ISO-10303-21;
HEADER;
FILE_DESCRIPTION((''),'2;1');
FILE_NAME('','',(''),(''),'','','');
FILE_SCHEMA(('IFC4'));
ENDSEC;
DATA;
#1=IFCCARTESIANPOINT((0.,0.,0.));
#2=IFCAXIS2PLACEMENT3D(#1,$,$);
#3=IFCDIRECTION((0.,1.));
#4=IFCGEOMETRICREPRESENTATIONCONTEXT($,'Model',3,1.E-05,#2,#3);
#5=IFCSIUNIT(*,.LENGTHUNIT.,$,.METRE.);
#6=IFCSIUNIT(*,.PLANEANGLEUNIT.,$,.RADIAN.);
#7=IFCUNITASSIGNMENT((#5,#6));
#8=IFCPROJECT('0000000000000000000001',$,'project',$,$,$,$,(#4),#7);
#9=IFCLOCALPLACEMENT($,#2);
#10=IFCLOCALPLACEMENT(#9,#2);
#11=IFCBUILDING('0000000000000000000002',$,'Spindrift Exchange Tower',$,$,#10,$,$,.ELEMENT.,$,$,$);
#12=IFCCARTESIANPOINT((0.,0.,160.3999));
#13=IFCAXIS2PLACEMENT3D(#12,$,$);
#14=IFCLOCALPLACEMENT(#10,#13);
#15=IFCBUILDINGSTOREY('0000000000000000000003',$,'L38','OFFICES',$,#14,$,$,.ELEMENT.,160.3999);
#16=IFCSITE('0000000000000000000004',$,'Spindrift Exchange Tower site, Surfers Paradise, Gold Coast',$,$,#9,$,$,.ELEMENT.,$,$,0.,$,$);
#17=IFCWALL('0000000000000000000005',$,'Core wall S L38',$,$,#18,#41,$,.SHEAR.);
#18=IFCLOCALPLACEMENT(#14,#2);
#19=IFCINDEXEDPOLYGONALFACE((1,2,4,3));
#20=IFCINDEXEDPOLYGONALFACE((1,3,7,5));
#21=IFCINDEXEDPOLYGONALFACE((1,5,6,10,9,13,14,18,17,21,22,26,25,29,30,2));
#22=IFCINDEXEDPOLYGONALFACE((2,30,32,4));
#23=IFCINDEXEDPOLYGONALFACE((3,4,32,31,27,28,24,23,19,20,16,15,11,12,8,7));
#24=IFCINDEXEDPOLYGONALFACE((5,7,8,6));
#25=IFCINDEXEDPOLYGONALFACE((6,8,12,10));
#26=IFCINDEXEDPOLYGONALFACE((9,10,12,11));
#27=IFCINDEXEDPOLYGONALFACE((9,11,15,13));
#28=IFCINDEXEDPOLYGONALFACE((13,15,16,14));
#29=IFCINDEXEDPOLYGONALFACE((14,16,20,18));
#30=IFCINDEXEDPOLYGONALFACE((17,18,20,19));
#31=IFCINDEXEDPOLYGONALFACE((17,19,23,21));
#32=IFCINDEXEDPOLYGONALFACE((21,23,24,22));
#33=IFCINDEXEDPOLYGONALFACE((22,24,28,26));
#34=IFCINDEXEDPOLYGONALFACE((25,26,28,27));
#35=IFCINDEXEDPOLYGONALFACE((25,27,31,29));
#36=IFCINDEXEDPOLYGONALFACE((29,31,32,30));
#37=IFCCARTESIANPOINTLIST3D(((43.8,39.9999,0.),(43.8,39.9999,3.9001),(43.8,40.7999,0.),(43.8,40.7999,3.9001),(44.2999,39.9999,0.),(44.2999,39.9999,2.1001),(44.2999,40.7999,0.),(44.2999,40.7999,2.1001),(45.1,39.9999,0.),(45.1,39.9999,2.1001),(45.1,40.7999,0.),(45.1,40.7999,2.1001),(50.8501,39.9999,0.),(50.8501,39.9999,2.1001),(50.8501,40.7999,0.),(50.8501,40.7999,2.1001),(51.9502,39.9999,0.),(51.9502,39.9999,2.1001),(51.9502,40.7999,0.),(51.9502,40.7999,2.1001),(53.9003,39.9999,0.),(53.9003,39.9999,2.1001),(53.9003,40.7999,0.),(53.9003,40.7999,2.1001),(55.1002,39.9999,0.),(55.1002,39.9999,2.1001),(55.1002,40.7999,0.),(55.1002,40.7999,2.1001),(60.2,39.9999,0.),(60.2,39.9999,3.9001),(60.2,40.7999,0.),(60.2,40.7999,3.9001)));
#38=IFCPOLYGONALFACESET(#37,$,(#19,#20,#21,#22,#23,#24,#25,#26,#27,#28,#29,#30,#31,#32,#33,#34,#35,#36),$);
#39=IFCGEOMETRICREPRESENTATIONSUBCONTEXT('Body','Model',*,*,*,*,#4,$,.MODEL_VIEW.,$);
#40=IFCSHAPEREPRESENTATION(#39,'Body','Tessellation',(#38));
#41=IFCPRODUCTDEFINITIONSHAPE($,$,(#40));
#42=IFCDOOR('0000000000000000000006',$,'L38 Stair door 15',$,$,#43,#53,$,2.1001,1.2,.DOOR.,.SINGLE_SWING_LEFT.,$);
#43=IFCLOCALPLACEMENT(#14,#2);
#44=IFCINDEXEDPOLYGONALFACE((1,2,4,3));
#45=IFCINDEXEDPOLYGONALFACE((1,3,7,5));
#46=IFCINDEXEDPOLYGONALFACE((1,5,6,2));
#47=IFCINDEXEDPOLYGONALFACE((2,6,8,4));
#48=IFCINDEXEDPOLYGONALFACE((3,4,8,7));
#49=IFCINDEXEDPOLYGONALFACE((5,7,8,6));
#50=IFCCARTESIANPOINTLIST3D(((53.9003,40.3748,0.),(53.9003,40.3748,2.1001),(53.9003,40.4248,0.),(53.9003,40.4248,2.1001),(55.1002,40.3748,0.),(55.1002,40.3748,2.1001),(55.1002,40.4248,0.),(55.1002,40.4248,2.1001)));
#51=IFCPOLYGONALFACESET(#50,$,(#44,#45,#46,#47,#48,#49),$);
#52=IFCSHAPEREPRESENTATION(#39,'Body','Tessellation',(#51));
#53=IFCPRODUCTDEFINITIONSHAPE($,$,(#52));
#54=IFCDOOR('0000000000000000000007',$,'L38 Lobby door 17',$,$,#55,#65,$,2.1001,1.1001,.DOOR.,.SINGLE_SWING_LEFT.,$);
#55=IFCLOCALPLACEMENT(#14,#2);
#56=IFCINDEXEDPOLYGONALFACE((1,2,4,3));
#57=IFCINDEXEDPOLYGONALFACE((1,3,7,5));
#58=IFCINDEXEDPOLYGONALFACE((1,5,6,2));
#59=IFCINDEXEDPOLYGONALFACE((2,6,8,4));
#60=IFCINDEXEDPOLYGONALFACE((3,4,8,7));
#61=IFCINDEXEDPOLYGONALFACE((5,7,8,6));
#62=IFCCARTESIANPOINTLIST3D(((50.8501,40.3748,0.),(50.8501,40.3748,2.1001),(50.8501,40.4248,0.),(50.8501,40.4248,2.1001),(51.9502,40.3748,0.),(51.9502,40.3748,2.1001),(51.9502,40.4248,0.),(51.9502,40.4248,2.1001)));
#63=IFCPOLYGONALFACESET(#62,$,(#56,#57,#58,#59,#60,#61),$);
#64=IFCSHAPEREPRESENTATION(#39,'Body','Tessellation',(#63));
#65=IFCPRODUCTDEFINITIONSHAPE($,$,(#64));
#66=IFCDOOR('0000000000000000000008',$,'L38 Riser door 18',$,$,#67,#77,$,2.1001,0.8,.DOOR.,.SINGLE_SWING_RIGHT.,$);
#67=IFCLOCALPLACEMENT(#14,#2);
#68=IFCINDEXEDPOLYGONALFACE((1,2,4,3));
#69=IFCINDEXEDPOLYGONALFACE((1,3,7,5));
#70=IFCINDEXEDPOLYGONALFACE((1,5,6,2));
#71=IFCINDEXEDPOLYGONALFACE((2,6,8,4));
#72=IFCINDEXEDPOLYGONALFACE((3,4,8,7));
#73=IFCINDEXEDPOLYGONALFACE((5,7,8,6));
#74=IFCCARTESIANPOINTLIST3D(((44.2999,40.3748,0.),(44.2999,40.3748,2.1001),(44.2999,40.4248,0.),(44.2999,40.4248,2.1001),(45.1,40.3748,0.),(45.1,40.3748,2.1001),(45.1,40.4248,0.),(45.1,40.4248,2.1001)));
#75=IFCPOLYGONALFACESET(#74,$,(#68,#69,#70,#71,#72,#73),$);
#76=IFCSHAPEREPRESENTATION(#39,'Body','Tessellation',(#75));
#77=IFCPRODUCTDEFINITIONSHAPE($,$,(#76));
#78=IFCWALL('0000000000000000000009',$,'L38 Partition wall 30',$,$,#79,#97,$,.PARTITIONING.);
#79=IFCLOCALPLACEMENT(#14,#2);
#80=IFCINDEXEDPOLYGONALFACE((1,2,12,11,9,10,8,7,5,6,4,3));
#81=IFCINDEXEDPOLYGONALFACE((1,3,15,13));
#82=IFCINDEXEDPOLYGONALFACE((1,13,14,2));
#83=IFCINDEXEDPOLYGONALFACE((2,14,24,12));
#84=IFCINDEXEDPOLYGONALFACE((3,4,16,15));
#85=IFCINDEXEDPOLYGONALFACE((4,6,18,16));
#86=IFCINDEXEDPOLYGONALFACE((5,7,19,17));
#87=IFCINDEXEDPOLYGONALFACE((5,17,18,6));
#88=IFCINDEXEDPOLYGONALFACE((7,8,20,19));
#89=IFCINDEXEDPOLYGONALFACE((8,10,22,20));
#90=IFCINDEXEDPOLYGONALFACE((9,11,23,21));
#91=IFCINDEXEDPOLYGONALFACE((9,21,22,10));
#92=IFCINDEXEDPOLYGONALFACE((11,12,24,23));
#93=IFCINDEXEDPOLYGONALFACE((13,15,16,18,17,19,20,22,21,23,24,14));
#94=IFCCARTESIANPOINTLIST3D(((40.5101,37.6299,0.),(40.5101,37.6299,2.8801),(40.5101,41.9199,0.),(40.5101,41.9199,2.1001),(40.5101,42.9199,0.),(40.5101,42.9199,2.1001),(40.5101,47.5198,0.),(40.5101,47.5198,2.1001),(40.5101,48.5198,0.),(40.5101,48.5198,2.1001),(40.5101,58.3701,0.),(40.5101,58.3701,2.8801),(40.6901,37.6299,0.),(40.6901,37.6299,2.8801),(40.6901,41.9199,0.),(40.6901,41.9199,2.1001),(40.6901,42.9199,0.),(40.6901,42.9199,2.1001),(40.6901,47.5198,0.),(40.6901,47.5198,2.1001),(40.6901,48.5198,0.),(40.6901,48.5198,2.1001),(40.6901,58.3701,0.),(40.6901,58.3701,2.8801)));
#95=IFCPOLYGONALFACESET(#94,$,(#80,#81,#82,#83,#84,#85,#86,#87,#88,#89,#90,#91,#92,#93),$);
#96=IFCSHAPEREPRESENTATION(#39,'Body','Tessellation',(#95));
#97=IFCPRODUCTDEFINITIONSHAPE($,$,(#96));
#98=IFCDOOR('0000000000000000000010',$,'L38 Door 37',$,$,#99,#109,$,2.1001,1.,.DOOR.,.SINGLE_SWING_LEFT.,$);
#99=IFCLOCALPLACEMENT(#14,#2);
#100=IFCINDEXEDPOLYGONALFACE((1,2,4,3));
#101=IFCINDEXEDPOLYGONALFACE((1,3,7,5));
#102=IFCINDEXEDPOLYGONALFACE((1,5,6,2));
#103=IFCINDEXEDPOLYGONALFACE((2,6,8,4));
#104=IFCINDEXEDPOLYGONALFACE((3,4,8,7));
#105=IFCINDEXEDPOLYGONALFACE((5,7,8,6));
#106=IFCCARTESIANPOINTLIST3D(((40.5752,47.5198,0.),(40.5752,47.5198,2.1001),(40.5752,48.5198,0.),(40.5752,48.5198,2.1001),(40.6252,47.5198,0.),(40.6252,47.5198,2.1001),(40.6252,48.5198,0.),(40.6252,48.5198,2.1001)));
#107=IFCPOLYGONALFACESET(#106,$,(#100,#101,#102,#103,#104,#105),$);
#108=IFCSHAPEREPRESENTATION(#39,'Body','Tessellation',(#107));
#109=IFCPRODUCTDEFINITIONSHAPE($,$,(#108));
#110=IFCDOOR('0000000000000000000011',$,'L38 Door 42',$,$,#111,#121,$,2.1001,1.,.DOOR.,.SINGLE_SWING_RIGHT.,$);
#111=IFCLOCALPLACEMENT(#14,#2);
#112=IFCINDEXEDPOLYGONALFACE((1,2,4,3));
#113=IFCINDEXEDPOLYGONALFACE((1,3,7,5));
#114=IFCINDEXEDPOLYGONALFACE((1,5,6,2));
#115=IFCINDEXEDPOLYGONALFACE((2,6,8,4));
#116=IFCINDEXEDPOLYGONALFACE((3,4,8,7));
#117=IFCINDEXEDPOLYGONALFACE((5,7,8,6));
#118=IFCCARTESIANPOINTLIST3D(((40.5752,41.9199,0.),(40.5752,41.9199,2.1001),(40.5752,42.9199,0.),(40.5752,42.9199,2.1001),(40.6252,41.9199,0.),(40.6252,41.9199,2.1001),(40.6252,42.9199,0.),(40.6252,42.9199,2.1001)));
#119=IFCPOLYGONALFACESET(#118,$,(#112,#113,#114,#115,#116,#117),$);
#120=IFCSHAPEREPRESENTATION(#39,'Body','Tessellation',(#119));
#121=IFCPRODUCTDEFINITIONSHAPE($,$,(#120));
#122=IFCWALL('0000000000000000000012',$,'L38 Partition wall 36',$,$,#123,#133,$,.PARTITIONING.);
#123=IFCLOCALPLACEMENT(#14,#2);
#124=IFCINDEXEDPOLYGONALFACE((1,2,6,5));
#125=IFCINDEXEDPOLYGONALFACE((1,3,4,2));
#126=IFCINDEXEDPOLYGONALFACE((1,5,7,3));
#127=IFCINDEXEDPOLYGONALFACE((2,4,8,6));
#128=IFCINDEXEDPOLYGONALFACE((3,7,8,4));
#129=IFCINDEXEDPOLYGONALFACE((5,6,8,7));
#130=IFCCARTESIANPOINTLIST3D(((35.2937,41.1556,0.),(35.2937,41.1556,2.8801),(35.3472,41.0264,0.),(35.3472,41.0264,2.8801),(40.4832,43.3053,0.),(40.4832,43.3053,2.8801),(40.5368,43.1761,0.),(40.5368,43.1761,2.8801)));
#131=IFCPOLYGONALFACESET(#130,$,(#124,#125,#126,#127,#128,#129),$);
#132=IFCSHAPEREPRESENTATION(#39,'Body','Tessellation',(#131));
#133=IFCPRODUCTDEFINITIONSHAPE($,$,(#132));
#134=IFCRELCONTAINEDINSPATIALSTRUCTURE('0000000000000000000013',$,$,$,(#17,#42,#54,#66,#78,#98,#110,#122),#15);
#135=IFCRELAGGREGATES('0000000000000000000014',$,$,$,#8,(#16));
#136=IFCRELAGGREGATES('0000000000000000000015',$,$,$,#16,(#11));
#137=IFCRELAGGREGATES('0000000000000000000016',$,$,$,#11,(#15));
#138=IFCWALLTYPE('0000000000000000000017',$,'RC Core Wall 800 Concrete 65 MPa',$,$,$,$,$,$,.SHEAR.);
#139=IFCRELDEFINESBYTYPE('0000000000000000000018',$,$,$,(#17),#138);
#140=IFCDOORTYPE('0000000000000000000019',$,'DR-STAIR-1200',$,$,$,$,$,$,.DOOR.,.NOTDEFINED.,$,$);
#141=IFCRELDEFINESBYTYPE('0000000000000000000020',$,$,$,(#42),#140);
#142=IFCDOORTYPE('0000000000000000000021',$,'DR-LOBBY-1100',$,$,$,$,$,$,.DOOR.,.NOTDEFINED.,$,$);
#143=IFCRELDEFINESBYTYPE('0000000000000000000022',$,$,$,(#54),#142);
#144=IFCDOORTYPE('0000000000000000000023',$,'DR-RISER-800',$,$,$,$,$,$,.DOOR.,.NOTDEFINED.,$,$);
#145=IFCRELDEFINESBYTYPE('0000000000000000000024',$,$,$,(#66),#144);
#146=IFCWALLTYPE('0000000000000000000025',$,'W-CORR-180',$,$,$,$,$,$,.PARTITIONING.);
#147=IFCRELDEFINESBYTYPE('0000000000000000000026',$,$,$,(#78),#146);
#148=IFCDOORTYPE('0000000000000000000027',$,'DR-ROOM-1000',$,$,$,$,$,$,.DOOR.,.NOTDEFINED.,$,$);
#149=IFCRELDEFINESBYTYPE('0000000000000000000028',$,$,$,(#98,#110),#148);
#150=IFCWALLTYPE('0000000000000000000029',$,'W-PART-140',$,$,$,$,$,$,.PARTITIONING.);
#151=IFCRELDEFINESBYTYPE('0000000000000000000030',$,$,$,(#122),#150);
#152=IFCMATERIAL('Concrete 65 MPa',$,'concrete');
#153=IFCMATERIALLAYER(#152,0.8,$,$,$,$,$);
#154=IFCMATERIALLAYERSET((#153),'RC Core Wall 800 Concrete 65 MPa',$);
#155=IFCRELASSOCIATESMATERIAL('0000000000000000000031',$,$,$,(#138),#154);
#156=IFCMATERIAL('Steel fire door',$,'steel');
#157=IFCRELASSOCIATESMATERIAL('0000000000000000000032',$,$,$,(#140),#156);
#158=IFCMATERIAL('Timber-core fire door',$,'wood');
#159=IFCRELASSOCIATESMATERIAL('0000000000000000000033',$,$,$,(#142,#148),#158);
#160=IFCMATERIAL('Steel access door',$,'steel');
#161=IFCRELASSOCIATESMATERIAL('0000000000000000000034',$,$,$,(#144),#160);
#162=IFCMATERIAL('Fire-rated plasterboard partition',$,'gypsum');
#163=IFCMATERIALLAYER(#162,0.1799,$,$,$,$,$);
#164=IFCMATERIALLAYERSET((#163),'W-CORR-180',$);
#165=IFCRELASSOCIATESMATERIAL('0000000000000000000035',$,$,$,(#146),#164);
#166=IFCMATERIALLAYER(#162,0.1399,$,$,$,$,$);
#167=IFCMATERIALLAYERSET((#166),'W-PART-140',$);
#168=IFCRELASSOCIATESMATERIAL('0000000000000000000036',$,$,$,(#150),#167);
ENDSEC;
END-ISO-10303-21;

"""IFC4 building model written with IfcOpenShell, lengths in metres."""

from ifc_helpers import new_model, si_unit, direction, frame, frame_2d, origin, place, context, subcontext, project, spatial, rectangle, extrude, source, transform, mapped, material, layer, layer_set, type_object, element, fill, save


model = new_model("IFC4")

# Units and contexts
model_context = context("Model", 3, precision=1e-05, world=origin(), true_north=direction((0.0, 1.0)))
body_context = subcontext(model_context, "Body", "Model", "MODEL_VIEW")
ifc_project = project(units=[si_unit("LENGTHUNIT", "METRE"), si_unit("PLANEANGLEUNIT", "RADIAN")], contexts=[model_context])

# Site, building, storey
site_placement = place(None, origin())
site = spatial("IfcSite", under=ifc_project, at=site_placement, Name="Spindrift Exchange Tower site, Surfers Paradise, Gold Coast", CompositionType="ELEMENT", RefElevation=0.0)
building_placement = place(site_placement, origin())
building = spatial("IfcBuilding", under=site, at=building_placement, Name="Spindrift Exchange Tower", CompositionType="ELEMENT")
storey_placement = place(building_placement, frame((0.0, 0.0, 160.3999)))
storey = spatial("IfcBuildingStorey", under=building, at=storey_placement, Name="L38", Description="OFFICES", CompositionType="ELEMENT", Elevation=160.3999)

# Walls, openings, doors
ifc_material_1 = material(Name="Concrete 65 MPa", Category="concrete")
ifc_layer_1 = layer(ifc_material_1, 0.8)
ifc_layer_set_1 = layer_set([ifc_layer_1], Name="RC Core Wall 800 Concrete 65 MPa")
wall_type_1 = type_object("IfcWallType", Name="RC Core Wall 800 Concrete 65 MPa", PredefinedType="SHEAR", material=ifc_layer_set_1)
wall_1_placement = place(storey_placement, frame((43.8, 40.3999, 0.0), z_axis=(0.0, 0.0, 1.0), x_axis=(1.0, 0.0, 0.0)))
wall_1 = element("IfcWall", 1, at=wall_1_placement, inside=storey, type_object=wall_type_1, Name="Core wall S L38", PredefinedType="SHEAR", context=body_context, shape_type="SweptSolid", body=[
    extrude(rectangle(XDim=16.3999, YDim=0.8, at=frame_2d((8.2, 0.0))), origin(), (0.0, 0.0, 1.0), 3.9001),
])
opening_1_placement = place(wall_1_placement, frame((10.1001, 0.0, 0.0)))
opening_1 = element("IfcOpeningElement", 2, at=opening_1_placement, cuts=wall_1, PredefinedType="OPENING", context=body_context, shape_type="SweptSolid", body=[
    extrude(rectangle(XDim=1.2, YDim=2.1001, at=frame_2d((0.6001, 1.05))), frame((0.0, 0.4099, 0.0), z_axis=(0.0, -1.0, 0.0), x_axis=(1.0, 0.0, 0.0)), (0.0, 0.0, 1.0), 0.8201),
])
opening_2_placement = place(wall_1_placement, frame((7.05, 0.0, 0.0)))
opening_2 = element("IfcOpeningElement", 3, at=opening_2_placement, cuts=wall_1, PredefinedType="OPENING", context=body_context, shape_type="SweptSolid", body=[
    extrude(rectangle(XDim=1.1001, YDim=2.1001, at=frame_2d((0.55, 1.05))), frame((0.0, 0.4099, 0.0), z_axis=(0.0, -1.0, 0.0), x_axis=(1.0, 0.0, 0.0)), (0.0, 0.0, 1.0), 0.8201),
])
opening_3_placement = place(wall_1_placement, frame((0.5, 0.0, 0.0)))
opening_3 = element("IfcOpeningElement", 4, at=opening_3_placement, cuts=wall_1, PredefinedType="OPENING", context=body_context, shape_type="SweptSolid", body=[
    extrude(rectangle(XDim=0.8, YDim=2.1001, at=frame_2d((0.3999, 1.05))), frame((0.0, 0.4099, 0.0), z_axis=(0.0, -1.0, 0.0), x_axis=(1.0, 0.0, 0.0)), (0.0, 0.0, 1.0), 0.8201),
])
ifc_material_2 = material(Name="Steel fire door", Category="steel")
door_type_1 = type_object("IfcDoorType", Name="DR-STAIR-1200", OperationType="NOTDEFINED", PredefinedType="DOOR", material=ifc_material_2)
shared_shape_1 = source(origin(), body_context, "Body", "SweptSolid", [
    extrude(rectangle(XDim=1.2, YDim=2.1001, at=frame_2d((0.6001, 1.05))), frame((0.0, 0.0249, 0.0), z_axis=(0.0, -1.0, 0.0), x_axis=(1.0, 0.0, 0.0)), (0.0, 0.0, 1.0), 0.05),
])
door_1_placement = place(opening_1_placement, origin())
door_1 = element("IfcDoor", 5, at=door_1_placement, inside=storey, type_object=door_type_1, Name="L38 Stair door 15", OperationType="SINGLE_SWING_LEFT", OverallHeight=2.1001, OverallWidth=1.2, PredefinedType="DOOR", context=body_context, shape_type="MappedRepresentation", body=[
    mapped(shared_shape_1, transform((0.0, 0.0, 0.0), scale=1.0)),
])
fill(opening_1, door_1)
ifc_material_3 = material(Name="Timber-core fire door", Category="wood")
door_type_2 = type_object("IfcDoorType", Name="DR-LOBBY-1100", OperationType="NOTDEFINED", PredefinedType="DOOR", material=ifc_material_3)
shared_shape_2 = source(origin(), body_context, "Body", "SweptSolid", [
    extrude(rectangle(XDim=1.1001, YDim=2.1001, at=frame_2d((0.55, 1.05))), frame((0.0, 0.0249, 0.0), z_axis=(0.0, -1.0, 0.0), x_axis=(1.0, 0.0, 0.0)), (0.0, 0.0, 1.0), 0.05),
])
door_2_placement = place(opening_2_placement, origin())
door_2 = element("IfcDoor", 6, at=door_2_placement, inside=storey, type_object=door_type_2, Name="L38 Lobby door 17", OperationType="SINGLE_SWING_LEFT", OverallHeight=2.1001, OverallWidth=1.1001, PredefinedType="DOOR", context=body_context, shape_type="MappedRepresentation", body=[
    mapped(shared_shape_2, transform((0.0, 0.0, 0.0), scale=1.0)),
])
fill(opening_2, door_2)
ifc_material_4 = material(Name="Steel access door", Category="steel")
door_type_3 = type_object("IfcDoorType", Name="DR-RISER-800", OperationType="NOTDEFINED", PredefinedType="DOOR", material=ifc_material_4)
shared_shape_3 = source(origin(), body_context, "Body", "SweptSolid", [
    extrude(rectangle(XDim=0.8, YDim=2.1001, at=frame_2d((0.3999, 1.05))), frame((0.0, 0.0249, 0.0), z_axis=(0.0, -1.0, 0.0), x_axis=(1.0, 0.0, 0.0)), (0.0, 0.0, 1.0), 0.05),
])
door_3_placement = place(opening_3_placement, origin())
door_3 = element("IfcDoor", 7, at=door_3_placement, inside=storey, type_object=door_type_3, Name="L38 Riser door 18", OperationType="SINGLE_SWING_RIGHT", OverallHeight=2.1001, OverallWidth=0.8, PredefinedType="DOOR", context=body_context, shape_type="MappedRepresentation", body=[
    mapped(shared_shape_3, transform((0.0, 0.0, 0.0), scale=1.0)),
])
fill(opening_3, door_3)
ifc_material_5 = material(Name="Fire-rated plasterboard partition", Category="gypsum")
ifc_layer_2 = layer(ifc_material_5, 0.1799)
ifc_layer_set_2 = layer_set([ifc_layer_2], Name="W-CORR-180")
wall_type_2 = type_object("IfcWallType", Name="W-CORR-180", PredefinedType="PARTITIONING", material=ifc_layer_set_2)
wall_2_placement = place(storey_placement, frame((40.6001, 37.6299, 0.0), z_axis=(0.0, 0.0, 1.0), x_axis=(0.0, 1.0, 0.0)))
wall_2 = element("IfcWall", 8, at=wall_2_placement, inside=storey, type_object=wall_type_2, Name="L38 Partition wall 30", PredefinedType="PARTITIONING", context=body_context, shape_type="SweptSolid", body=[
    extrude(rectangle(XDim=20.7402, YDim=0.1799, at=frame_2d((10.3701, 0.0))), origin(), (0.0, 0.0, 1.0), 2.8801),
])
opening_4_placement = place(wall_2_placement, frame((9.8899, 0.0, 0.0)))
opening_4 = element("IfcOpeningElement", 9, at=opening_4_placement, cuts=wall_2, PredefinedType="OPENING", context=body_context, shape_type="SweptSolid", body=[
    extrude(rectangle(XDim=1.0, YDim=2.1001, at=frame_2d((0.5, 1.05))), frame((0.0, 0.0999, 0.0), z_axis=(0.0, -1.0, 0.0), x_axis=(1.0, 0.0, 0.0)), (0.0, 0.0, 1.0), 0.2),
])
opening_5_placement = place(wall_2_placement, frame((4.29, 0.0, 0.0)))
opening_5 = element("IfcOpeningElement", 10, at=opening_5_placement, cuts=wall_2, PredefinedType="OPENING", context=body_context, shape_type="SweptSolid", body=[
    extrude(rectangle(XDim=1.0, YDim=2.1001, at=frame_2d((0.5, 1.05))), frame((0.0, 0.0999, 0.0), z_axis=(0.0, -1.0, 0.0), x_axis=(1.0, 0.0, 0.0)), (0.0, 0.0, 1.0), 0.2),
])
door_type_4 = type_object("IfcDoorType", Name="DR-ROOM-1000", OperationType="NOTDEFINED", PredefinedType="DOOR", material=ifc_material_3)
shared_shape_4 = source(origin(), body_context, "Body", "SweptSolid", [
    extrude(rectangle(XDim=1.0, YDim=2.1001, at=frame_2d((0.5, 1.05))), frame((0.0, 0.0249, 0.0), z_axis=(0.0, -1.0, 0.0), x_axis=(1.0, 0.0, 0.0)), (0.0, 0.0, 1.0), 0.05),
])
door_4_placement = place(opening_4_placement, origin())
door_4 = element("IfcDoor", 11, at=door_4_placement, inside=storey, type_object=door_type_4, Name="L38 Door 37", OperationType="SINGLE_SWING_LEFT", OverallHeight=2.1001, OverallWidth=1.0, PredefinedType="DOOR", context=body_context, shape_type="MappedRepresentation", body=[
    mapped(shared_shape_4, transform((0.0, 0.0, 0.0), scale=1.0)),
])
fill(opening_4, door_4)
door_5_placement = place(opening_5_placement, origin())
door_5 = element("IfcDoor", 12, at=door_5_placement, inside=storey, type_object=door_type_4, Name="L38 Door 42", OperationType="SINGLE_SWING_RIGHT", OverallHeight=2.1001, OverallWidth=1.0, PredefinedType="DOOR", context=body_context, shape_type="MappedRepresentation", body=[
    mapped(shared_shape_4, transform((0.0, 0.0, 0.0), scale=1.0)),
])
fill(opening_5, door_5)

# Wall
ifc_layer_3 = layer(ifc_material_5, 0.1399)
ifc_layer_set_3 = layer_set([ifc_layer_3], Name="W-PART-140")
wall_type_3 = type_object("IfcWallType", Name="W-PART-140", PredefinedType="PARTITIONING", material=ifc_layer_set_3)
wall_3_placement = place(storey_placement, frame((40.51, 43.2407, 0.0), z_axis=(0.0, 0.0, 1.0), x_axis=(-0.923872, -0.382701, 0.0)))
element("IfcWall", 13, at=wall_3_placement, inside=storey, type_object=wall_type_3, Name="L38 Partition wall 36", PredefinedType="PARTITIONING", context=body_context, shape_type="SweptSolid", body=[
    extrude(rectangle(XDim=5.6172, YDim=0.1399, at=frame_2d((2.8086, 0.0))), origin(), (0.0, 0.0, 1.0), 2.8801),
])

save(model, "model.ifc")
